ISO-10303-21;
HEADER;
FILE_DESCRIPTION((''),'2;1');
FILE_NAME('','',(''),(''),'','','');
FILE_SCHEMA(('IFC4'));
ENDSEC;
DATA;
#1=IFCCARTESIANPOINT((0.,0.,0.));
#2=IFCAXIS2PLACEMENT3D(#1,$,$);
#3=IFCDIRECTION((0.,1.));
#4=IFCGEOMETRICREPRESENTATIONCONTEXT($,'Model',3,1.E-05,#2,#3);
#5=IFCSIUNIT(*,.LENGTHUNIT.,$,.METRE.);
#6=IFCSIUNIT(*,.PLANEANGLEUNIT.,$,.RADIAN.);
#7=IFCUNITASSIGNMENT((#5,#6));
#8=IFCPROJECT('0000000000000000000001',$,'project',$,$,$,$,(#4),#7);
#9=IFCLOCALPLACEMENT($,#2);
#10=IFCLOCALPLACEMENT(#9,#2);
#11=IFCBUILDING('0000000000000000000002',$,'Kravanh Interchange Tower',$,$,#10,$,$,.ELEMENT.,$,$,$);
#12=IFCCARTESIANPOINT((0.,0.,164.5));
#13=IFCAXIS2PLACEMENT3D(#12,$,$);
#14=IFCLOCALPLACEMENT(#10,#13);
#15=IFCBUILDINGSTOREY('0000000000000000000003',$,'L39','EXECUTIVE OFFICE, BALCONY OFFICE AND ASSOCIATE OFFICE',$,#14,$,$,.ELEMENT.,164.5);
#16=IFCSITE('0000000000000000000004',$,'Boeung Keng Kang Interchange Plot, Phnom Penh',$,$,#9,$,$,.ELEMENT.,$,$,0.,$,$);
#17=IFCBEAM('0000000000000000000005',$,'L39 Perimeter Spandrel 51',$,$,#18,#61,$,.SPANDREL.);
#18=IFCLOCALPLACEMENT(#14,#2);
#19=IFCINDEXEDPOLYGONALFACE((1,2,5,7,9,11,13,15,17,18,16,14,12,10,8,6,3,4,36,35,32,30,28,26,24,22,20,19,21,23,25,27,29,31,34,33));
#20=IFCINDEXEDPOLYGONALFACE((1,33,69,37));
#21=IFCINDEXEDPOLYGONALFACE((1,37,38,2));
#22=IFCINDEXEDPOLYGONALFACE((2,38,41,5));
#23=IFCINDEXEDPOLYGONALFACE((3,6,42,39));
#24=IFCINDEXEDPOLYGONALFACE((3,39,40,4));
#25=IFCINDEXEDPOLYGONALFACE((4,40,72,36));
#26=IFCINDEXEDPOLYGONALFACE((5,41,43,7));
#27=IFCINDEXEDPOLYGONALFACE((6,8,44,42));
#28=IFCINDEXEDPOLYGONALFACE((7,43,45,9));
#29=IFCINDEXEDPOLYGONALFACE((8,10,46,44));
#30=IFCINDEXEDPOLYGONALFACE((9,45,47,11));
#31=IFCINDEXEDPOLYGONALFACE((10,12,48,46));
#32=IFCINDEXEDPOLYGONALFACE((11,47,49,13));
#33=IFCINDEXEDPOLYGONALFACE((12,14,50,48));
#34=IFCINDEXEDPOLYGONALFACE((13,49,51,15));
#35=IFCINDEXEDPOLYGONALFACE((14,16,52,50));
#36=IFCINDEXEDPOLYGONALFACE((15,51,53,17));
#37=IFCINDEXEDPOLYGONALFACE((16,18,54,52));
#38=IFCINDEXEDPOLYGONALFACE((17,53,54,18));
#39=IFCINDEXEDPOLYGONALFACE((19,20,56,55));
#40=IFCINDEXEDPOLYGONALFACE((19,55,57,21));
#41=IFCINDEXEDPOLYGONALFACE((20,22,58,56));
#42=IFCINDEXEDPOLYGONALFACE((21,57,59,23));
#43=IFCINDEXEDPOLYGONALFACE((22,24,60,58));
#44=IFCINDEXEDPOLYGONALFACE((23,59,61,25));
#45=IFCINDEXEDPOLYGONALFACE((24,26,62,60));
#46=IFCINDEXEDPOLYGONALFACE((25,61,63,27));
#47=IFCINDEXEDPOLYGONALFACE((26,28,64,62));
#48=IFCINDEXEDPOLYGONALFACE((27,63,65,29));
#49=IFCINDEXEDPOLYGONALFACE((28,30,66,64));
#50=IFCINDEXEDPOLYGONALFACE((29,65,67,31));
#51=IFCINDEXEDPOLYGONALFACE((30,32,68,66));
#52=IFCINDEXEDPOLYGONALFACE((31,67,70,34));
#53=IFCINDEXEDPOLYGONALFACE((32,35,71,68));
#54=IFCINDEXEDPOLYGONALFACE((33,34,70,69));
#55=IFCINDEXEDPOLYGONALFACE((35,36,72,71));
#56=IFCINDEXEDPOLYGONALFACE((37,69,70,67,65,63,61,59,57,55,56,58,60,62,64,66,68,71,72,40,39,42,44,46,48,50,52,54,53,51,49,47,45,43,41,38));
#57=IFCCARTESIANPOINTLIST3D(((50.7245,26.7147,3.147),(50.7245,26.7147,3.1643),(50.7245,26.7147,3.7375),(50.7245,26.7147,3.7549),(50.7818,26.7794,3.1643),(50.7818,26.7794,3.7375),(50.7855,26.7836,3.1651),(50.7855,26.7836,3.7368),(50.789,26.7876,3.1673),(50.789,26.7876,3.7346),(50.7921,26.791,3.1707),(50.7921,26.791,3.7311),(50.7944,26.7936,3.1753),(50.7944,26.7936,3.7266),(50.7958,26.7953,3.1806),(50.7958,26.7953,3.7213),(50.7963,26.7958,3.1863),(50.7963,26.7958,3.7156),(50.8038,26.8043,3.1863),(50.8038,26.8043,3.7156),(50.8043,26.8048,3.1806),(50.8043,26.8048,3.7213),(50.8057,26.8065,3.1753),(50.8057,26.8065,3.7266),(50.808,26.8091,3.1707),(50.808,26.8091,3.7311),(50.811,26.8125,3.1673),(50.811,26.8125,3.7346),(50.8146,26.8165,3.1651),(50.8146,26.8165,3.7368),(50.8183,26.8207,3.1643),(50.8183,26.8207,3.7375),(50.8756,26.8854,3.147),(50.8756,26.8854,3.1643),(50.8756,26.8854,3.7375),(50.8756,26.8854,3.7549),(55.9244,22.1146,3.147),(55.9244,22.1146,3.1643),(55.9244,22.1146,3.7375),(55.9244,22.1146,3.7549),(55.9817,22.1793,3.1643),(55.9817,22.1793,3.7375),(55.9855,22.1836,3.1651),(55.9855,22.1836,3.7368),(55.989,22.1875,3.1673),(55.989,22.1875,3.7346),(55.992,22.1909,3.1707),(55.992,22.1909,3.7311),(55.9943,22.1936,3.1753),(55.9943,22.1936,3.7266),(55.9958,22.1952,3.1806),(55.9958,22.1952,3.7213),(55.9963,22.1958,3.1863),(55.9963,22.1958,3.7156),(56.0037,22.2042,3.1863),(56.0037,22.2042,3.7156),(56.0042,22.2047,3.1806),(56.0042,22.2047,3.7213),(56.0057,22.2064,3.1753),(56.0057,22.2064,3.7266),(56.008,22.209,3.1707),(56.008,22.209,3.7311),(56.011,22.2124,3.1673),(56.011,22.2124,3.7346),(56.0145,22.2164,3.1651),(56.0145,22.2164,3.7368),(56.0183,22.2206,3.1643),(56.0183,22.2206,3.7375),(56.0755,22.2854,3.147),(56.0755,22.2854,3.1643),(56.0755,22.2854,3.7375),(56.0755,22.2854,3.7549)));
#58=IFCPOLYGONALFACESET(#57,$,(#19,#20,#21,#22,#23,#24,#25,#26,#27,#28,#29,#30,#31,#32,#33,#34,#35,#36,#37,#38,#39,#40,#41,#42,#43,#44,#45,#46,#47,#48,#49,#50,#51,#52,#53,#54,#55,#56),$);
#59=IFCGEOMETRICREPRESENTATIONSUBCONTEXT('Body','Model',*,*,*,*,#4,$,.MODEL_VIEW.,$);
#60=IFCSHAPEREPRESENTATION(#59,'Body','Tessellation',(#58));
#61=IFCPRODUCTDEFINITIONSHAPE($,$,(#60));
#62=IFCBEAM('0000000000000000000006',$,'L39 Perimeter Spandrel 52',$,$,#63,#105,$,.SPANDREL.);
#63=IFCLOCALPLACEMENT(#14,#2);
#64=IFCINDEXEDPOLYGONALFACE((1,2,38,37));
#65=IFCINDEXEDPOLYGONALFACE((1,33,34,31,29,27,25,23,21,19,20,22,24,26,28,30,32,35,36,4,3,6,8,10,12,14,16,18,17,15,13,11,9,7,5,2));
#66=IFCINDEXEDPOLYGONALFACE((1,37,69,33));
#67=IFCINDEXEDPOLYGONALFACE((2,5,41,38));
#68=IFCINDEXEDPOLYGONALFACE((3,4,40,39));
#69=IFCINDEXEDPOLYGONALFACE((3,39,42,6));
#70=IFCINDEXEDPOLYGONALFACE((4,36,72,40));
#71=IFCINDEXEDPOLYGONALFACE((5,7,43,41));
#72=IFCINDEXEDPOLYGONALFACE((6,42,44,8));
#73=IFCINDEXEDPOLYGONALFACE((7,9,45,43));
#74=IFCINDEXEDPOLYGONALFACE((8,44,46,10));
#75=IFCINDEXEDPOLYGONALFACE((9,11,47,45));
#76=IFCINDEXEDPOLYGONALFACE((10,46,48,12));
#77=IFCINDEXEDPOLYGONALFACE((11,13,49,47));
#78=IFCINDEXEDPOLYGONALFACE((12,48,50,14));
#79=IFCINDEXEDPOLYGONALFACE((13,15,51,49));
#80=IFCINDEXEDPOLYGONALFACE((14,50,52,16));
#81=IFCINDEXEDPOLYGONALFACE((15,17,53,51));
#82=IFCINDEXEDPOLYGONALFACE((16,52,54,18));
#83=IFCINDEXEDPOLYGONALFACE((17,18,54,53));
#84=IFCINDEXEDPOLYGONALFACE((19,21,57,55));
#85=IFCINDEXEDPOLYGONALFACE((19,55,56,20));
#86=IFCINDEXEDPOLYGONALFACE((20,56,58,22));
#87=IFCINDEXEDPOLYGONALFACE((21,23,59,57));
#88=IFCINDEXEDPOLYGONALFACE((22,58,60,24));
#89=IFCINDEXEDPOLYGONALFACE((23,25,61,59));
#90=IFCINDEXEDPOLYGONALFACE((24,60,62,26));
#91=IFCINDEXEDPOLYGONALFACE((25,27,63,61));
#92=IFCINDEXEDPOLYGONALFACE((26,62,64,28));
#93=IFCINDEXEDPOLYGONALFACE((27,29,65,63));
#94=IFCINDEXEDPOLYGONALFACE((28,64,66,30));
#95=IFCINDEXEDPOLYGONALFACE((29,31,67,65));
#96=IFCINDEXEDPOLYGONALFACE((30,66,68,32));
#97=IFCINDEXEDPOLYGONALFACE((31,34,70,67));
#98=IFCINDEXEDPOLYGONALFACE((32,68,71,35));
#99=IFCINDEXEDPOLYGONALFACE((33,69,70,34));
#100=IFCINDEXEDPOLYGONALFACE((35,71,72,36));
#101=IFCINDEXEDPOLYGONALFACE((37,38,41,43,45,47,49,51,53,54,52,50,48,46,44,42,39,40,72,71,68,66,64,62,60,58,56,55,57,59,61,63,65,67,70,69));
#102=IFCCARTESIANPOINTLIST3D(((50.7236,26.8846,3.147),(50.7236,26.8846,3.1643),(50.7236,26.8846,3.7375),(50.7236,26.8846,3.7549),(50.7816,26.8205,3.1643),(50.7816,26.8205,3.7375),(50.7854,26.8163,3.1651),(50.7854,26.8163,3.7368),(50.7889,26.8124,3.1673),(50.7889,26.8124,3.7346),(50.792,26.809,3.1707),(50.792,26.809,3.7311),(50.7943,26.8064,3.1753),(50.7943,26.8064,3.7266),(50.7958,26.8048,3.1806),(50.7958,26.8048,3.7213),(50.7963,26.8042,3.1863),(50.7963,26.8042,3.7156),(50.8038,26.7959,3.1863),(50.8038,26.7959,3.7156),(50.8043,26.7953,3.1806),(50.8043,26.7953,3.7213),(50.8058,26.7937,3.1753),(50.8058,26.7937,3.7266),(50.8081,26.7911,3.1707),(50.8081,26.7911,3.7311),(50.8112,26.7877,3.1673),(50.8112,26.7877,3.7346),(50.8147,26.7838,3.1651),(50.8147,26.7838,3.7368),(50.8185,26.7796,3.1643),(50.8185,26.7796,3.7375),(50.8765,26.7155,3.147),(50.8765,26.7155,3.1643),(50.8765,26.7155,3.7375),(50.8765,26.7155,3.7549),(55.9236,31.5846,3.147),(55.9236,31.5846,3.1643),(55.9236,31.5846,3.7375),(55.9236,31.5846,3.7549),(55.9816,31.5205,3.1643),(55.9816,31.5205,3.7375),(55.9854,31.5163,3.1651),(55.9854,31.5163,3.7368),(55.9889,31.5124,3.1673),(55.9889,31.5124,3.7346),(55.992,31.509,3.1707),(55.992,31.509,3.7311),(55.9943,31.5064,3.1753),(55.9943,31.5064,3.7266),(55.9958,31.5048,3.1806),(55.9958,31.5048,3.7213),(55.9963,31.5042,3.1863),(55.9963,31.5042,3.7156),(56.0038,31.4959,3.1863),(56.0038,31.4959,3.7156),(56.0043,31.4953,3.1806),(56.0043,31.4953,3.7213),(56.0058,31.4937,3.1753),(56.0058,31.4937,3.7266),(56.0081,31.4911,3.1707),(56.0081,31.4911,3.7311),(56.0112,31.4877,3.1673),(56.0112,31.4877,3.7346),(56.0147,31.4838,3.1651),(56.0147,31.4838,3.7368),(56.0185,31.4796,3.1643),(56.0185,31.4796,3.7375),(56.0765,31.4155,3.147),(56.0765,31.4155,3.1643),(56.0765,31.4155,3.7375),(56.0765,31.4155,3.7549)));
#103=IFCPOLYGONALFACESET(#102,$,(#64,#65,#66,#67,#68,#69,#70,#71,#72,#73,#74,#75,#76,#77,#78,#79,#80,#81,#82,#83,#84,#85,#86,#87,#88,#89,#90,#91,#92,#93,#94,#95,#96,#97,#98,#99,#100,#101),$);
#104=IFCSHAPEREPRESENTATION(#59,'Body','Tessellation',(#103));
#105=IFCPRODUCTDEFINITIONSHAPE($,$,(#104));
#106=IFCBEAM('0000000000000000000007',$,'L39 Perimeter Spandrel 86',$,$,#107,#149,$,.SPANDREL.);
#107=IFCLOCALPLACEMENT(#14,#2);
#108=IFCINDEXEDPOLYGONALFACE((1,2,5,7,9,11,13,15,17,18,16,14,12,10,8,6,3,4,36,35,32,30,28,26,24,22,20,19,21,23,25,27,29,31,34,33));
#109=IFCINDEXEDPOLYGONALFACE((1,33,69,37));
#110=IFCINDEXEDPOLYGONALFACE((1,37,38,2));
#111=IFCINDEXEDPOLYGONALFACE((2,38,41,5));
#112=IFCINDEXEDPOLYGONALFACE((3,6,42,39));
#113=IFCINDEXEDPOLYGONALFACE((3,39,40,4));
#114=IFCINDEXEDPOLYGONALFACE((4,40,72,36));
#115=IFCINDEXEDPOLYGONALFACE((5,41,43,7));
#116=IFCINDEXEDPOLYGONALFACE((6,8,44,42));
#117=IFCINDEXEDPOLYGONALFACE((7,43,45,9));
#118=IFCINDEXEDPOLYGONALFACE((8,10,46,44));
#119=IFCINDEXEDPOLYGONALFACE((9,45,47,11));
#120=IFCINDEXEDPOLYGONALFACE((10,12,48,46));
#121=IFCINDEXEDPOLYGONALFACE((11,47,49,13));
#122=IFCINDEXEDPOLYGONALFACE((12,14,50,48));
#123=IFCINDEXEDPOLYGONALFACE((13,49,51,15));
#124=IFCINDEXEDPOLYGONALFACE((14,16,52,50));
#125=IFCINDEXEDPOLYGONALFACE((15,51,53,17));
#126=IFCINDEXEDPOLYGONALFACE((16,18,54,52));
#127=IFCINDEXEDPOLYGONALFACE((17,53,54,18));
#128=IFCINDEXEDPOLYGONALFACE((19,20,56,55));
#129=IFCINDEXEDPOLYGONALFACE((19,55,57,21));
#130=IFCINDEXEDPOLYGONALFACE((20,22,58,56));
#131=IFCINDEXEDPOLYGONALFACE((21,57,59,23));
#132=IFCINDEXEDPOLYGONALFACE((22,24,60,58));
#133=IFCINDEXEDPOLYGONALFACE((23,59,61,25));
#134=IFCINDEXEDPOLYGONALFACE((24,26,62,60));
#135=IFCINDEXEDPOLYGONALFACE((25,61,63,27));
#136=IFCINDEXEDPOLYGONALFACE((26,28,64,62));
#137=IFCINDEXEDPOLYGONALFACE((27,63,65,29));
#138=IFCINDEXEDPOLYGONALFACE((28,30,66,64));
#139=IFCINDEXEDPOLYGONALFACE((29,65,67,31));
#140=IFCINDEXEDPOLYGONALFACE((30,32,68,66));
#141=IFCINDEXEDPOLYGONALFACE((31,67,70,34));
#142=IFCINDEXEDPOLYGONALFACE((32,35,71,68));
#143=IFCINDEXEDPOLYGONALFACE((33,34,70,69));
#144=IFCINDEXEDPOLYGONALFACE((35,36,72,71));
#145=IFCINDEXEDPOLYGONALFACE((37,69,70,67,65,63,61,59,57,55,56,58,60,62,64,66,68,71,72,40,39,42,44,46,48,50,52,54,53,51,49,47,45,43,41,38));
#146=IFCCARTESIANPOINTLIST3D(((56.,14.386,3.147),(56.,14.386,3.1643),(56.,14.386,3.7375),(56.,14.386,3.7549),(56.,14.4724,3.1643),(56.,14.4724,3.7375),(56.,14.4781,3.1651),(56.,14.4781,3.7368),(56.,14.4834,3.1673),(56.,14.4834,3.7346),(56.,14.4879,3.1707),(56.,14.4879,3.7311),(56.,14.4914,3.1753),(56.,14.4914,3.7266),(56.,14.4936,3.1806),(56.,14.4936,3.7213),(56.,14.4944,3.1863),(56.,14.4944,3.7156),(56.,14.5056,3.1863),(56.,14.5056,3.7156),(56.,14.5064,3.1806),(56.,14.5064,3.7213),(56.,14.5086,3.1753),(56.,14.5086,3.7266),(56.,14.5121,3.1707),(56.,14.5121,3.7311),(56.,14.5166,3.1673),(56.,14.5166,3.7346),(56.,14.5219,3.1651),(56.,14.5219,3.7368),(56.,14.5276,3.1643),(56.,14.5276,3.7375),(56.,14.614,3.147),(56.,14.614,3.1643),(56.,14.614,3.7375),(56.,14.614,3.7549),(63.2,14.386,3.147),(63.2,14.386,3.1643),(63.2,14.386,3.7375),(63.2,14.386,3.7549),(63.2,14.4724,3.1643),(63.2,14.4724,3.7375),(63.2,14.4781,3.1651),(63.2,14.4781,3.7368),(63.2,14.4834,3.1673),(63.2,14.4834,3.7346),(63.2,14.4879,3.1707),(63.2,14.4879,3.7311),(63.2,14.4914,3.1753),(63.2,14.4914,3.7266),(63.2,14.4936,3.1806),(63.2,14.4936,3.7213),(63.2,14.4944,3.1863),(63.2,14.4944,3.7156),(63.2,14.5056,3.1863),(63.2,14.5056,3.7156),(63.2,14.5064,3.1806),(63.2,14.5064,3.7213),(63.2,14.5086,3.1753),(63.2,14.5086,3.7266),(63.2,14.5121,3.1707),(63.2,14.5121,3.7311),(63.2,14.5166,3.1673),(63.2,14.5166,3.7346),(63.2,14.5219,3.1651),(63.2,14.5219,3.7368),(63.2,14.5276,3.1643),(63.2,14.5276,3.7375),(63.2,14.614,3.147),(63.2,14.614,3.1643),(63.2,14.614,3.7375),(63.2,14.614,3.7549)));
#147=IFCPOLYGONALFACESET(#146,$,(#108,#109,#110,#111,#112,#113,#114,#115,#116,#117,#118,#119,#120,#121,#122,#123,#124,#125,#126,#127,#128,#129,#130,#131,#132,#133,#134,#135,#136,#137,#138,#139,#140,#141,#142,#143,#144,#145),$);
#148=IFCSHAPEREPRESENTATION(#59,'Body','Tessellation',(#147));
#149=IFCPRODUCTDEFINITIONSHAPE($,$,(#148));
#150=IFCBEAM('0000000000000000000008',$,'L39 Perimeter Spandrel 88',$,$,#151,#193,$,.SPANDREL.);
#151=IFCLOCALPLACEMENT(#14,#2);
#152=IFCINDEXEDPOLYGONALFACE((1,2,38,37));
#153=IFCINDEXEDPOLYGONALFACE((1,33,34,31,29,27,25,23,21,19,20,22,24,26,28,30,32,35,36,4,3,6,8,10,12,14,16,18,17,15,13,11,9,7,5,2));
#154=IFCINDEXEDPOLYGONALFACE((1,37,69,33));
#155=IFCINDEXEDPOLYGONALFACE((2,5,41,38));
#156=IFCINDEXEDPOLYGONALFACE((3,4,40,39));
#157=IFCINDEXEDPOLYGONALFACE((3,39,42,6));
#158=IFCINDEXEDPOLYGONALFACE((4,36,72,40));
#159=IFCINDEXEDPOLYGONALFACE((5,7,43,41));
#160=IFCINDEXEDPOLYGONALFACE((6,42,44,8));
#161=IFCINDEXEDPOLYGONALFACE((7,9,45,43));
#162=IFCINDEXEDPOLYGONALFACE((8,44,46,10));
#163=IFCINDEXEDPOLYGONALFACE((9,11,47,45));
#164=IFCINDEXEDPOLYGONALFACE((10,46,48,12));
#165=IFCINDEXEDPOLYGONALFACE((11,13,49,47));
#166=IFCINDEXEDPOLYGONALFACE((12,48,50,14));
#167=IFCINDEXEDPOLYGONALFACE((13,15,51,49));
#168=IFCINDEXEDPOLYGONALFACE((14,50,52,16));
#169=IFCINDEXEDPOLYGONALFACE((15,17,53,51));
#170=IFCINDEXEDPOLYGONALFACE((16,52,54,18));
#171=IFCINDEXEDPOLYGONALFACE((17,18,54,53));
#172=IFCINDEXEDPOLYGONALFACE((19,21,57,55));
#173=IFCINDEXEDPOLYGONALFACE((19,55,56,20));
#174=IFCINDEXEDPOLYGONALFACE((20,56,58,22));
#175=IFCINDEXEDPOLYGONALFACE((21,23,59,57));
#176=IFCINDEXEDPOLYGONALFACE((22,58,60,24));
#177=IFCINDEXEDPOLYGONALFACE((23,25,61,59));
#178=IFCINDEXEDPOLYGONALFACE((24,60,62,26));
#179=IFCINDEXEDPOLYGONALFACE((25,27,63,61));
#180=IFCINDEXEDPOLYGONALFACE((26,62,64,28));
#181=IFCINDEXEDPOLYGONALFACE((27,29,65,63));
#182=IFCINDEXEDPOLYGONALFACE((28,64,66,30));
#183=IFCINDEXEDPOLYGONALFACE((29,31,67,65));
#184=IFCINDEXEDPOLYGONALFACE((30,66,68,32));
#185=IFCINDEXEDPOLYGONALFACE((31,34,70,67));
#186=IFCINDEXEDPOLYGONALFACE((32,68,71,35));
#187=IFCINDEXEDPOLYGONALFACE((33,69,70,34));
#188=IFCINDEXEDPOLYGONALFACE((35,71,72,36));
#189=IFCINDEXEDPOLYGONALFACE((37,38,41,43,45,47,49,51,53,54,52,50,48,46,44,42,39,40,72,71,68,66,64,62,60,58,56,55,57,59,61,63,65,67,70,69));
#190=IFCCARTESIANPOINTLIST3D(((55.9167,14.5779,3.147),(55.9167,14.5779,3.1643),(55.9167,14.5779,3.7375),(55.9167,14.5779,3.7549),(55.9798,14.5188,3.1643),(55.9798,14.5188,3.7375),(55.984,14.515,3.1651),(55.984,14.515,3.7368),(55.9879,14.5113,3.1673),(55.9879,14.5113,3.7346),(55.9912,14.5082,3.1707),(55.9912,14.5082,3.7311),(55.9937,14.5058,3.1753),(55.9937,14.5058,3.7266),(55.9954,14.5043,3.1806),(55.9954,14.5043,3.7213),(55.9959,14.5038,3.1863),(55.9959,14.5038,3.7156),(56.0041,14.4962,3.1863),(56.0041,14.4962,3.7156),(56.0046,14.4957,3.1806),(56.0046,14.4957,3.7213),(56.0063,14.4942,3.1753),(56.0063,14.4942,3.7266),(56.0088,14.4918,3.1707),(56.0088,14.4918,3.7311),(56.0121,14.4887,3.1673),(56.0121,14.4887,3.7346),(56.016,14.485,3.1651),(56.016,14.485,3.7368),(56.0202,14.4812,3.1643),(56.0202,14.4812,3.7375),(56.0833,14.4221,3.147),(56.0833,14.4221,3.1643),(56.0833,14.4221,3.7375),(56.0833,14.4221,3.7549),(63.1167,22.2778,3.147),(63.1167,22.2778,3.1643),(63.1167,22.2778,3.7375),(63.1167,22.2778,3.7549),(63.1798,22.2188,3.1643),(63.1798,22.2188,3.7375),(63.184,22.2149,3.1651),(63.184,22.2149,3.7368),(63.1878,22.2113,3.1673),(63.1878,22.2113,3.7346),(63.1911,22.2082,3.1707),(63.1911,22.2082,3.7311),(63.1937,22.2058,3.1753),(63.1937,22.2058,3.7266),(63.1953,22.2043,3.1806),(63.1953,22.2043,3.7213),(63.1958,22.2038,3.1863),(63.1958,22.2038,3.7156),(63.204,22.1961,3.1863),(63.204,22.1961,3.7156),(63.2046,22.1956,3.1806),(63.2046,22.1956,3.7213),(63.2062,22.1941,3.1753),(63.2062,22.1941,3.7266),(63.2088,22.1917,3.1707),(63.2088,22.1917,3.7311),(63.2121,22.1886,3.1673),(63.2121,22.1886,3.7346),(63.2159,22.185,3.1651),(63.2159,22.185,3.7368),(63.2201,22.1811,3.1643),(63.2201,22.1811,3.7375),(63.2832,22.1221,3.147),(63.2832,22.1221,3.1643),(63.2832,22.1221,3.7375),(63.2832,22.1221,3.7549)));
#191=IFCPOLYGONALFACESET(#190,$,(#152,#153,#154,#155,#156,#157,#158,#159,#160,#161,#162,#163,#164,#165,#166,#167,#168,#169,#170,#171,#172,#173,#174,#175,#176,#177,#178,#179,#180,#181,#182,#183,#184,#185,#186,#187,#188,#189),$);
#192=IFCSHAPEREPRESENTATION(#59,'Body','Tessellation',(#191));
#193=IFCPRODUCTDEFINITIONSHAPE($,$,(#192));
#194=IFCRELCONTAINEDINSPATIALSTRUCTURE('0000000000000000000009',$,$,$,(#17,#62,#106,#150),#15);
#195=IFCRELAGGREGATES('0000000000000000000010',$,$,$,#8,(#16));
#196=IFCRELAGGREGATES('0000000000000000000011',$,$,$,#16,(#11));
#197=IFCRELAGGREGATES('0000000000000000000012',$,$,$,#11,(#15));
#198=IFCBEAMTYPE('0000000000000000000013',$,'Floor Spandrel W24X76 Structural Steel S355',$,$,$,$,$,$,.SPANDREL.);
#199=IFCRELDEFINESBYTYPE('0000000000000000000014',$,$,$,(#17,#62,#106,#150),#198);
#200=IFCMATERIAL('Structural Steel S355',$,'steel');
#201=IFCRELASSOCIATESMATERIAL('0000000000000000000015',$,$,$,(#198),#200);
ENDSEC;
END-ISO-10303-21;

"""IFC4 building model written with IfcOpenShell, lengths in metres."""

from ifc_helpers import new_model, si_unit, direction, frame, origin, origin_2d, place, context, subcontext, project, spatial, i_section, extrude, material, material_profile, profile_set, type_object, element, save


model = new_model("IFC4")

# Units and contexts
model_context = context("Model", 3, precision=1e-05, world=origin(), true_north=direction((0.0, 1.0)))
body_context = subcontext(model_context, "Body", "Model", "MODEL_VIEW")
ifc_project = project(units=[si_unit("LENGTHUNIT", "METRE"), si_unit("PLANEANGLEUNIT", "RADIAN")], contexts=[model_context])

# Site, building, storey
site_placement = place(None, origin())
site = spatial("IfcSite", under=ifc_project, at=site_placement, Name="Boeung Keng Kang Interchange Plot, Phnom Penh", CompositionType="ELEMENT", RefElevation=0.0)
building_placement = place(site_placement, origin())
building = spatial("IfcBuilding", under=site, at=building_placement, Name="Kravanh Interchange Tower", CompositionType="ELEMENT")
storey_placement = place(building_placement, frame((0.0, 0.0, 164.5)))
storey = spatial("IfcBuildingStorey", under=building, at=storey_placement, Name="L39", Description="EXECUTIVE OFFICE, BALCONY OFFICE AND ASSOCIATE OFFICE", CompositionType="ELEMENT", Elevation=164.5)

# Beams
ifc_material_1 = material(Name="Structural Steel S355", Category="steel")
ifc_material_profile_1 = material_profile(ifc_material_1, i_section(OverallWidth=0.228, OverallDepth=0.6079, WebThickness=0.0112, FlangeThickness=0.0173, FilletRadius=0.022, at=origin_2d()), Name="W24X76")
ifc_profile_set_1 = profile_set([ifc_material_profile_1], Name="Structural Steel S355")
beam_type_1 = type_object("IfcBeamType", Name="Floor Spandrel W24X76 Structural Steel S355", PredefinedType="SPANDREL", material=ifc_profile_set_1)
beam_1_placement = place(storey_placement, frame((50.8, 26.8, 3.4509), z_axis=(0.748986, -0.662585, 0.0), x_axis=(0.662585, 0.748986, 0.0)))
element("IfcBeam", 1, at=beam_1_placement, inside=storey, type_object=beam_type_1, Name="L39 Perimeter Spandrel 51", PredefinedType="SPANDREL", context=body_context, shape_type="SweptSolid", body=[
    extrude(i_section(OverallWidth=0.228, OverallDepth=0.6079, WebThickness=0.0112, FlangeThickness=0.0173, FilletRadius=0.022, at=origin_2d()), origin(), (0.0, 0.0, 1.0), 6.9426),
])
beam_2_placement = place(storey_placement, frame((50.8, 26.8, 3.4509), z_axis=(0.741874, 0.670539, 0.0), x_axis=(-0.670539, 0.741874, 0.0)))
element("IfcBeam", 2, at=beam_2_placement, inside=storey, type_object=beam_type_1, Name="L39 Perimeter Spandrel 52", PredefinedType="SPANDREL", context=body_context, shape_type="SweptSolid", body=[
    extrude(i_section(OverallWidth=0.228, OverallDepth=0.6079, WebThickness=0.0112, FlangeThickness=0.0173, FilletRadius=0.022, at=origin_2d()), origin(), (0.0, 0.0, 1.0), 7.0093),
])
beam_3_placement = place(storey_placement, frame((56.0, 14.5, 3.4509), z_axis=(1.0, 0.0, 0.0), x_axis=(0.0, 1.0, 0.0)))
element("IfcBeam", 3, at=beam_3_placement, inside=storey, type_object=beam_type_1, Name="L39 Perimeter Spandrel 86", PredefinedType="SPANDREL", context=body_context, shape_type="SweptSolid", body=[
    extrude(i_section(OverallWidth=0.228, OverallDepth=0.6079, WebThickness=0.0112, FlangeThickness=0.0173, FilletRadius=0.022, at=origin_2d()), origin(), (0.0, 0.0, 1.0), 7.2),
])
beam_4_placement = place(storey_placement, frame((56.0, 14.5, 3.4509), z_axis=(0.682994, 0.730424, 0.0), x_axis=(-0.730424, 0.682994, 0.0)))
element("IfcBeam", 4, at=beam_4_placement, inside=storey, type_object=beam_type_1, Name="L39 Perimeter Spandrel 88", PredefinedType="SPANDREL", context=body_context, shape_type="SweptSolid", body=[
    extrude(i_section(OverallWidth=0.228, OverallDepth=0.6079, WebThickness=0.0112, FlangeThickness=0.0173, FilletRadius=0.022, at=origin_2d()), origin(), (0.0, 0.0, 1.0), 10.5417),
])

save(model, "model.ifc")
